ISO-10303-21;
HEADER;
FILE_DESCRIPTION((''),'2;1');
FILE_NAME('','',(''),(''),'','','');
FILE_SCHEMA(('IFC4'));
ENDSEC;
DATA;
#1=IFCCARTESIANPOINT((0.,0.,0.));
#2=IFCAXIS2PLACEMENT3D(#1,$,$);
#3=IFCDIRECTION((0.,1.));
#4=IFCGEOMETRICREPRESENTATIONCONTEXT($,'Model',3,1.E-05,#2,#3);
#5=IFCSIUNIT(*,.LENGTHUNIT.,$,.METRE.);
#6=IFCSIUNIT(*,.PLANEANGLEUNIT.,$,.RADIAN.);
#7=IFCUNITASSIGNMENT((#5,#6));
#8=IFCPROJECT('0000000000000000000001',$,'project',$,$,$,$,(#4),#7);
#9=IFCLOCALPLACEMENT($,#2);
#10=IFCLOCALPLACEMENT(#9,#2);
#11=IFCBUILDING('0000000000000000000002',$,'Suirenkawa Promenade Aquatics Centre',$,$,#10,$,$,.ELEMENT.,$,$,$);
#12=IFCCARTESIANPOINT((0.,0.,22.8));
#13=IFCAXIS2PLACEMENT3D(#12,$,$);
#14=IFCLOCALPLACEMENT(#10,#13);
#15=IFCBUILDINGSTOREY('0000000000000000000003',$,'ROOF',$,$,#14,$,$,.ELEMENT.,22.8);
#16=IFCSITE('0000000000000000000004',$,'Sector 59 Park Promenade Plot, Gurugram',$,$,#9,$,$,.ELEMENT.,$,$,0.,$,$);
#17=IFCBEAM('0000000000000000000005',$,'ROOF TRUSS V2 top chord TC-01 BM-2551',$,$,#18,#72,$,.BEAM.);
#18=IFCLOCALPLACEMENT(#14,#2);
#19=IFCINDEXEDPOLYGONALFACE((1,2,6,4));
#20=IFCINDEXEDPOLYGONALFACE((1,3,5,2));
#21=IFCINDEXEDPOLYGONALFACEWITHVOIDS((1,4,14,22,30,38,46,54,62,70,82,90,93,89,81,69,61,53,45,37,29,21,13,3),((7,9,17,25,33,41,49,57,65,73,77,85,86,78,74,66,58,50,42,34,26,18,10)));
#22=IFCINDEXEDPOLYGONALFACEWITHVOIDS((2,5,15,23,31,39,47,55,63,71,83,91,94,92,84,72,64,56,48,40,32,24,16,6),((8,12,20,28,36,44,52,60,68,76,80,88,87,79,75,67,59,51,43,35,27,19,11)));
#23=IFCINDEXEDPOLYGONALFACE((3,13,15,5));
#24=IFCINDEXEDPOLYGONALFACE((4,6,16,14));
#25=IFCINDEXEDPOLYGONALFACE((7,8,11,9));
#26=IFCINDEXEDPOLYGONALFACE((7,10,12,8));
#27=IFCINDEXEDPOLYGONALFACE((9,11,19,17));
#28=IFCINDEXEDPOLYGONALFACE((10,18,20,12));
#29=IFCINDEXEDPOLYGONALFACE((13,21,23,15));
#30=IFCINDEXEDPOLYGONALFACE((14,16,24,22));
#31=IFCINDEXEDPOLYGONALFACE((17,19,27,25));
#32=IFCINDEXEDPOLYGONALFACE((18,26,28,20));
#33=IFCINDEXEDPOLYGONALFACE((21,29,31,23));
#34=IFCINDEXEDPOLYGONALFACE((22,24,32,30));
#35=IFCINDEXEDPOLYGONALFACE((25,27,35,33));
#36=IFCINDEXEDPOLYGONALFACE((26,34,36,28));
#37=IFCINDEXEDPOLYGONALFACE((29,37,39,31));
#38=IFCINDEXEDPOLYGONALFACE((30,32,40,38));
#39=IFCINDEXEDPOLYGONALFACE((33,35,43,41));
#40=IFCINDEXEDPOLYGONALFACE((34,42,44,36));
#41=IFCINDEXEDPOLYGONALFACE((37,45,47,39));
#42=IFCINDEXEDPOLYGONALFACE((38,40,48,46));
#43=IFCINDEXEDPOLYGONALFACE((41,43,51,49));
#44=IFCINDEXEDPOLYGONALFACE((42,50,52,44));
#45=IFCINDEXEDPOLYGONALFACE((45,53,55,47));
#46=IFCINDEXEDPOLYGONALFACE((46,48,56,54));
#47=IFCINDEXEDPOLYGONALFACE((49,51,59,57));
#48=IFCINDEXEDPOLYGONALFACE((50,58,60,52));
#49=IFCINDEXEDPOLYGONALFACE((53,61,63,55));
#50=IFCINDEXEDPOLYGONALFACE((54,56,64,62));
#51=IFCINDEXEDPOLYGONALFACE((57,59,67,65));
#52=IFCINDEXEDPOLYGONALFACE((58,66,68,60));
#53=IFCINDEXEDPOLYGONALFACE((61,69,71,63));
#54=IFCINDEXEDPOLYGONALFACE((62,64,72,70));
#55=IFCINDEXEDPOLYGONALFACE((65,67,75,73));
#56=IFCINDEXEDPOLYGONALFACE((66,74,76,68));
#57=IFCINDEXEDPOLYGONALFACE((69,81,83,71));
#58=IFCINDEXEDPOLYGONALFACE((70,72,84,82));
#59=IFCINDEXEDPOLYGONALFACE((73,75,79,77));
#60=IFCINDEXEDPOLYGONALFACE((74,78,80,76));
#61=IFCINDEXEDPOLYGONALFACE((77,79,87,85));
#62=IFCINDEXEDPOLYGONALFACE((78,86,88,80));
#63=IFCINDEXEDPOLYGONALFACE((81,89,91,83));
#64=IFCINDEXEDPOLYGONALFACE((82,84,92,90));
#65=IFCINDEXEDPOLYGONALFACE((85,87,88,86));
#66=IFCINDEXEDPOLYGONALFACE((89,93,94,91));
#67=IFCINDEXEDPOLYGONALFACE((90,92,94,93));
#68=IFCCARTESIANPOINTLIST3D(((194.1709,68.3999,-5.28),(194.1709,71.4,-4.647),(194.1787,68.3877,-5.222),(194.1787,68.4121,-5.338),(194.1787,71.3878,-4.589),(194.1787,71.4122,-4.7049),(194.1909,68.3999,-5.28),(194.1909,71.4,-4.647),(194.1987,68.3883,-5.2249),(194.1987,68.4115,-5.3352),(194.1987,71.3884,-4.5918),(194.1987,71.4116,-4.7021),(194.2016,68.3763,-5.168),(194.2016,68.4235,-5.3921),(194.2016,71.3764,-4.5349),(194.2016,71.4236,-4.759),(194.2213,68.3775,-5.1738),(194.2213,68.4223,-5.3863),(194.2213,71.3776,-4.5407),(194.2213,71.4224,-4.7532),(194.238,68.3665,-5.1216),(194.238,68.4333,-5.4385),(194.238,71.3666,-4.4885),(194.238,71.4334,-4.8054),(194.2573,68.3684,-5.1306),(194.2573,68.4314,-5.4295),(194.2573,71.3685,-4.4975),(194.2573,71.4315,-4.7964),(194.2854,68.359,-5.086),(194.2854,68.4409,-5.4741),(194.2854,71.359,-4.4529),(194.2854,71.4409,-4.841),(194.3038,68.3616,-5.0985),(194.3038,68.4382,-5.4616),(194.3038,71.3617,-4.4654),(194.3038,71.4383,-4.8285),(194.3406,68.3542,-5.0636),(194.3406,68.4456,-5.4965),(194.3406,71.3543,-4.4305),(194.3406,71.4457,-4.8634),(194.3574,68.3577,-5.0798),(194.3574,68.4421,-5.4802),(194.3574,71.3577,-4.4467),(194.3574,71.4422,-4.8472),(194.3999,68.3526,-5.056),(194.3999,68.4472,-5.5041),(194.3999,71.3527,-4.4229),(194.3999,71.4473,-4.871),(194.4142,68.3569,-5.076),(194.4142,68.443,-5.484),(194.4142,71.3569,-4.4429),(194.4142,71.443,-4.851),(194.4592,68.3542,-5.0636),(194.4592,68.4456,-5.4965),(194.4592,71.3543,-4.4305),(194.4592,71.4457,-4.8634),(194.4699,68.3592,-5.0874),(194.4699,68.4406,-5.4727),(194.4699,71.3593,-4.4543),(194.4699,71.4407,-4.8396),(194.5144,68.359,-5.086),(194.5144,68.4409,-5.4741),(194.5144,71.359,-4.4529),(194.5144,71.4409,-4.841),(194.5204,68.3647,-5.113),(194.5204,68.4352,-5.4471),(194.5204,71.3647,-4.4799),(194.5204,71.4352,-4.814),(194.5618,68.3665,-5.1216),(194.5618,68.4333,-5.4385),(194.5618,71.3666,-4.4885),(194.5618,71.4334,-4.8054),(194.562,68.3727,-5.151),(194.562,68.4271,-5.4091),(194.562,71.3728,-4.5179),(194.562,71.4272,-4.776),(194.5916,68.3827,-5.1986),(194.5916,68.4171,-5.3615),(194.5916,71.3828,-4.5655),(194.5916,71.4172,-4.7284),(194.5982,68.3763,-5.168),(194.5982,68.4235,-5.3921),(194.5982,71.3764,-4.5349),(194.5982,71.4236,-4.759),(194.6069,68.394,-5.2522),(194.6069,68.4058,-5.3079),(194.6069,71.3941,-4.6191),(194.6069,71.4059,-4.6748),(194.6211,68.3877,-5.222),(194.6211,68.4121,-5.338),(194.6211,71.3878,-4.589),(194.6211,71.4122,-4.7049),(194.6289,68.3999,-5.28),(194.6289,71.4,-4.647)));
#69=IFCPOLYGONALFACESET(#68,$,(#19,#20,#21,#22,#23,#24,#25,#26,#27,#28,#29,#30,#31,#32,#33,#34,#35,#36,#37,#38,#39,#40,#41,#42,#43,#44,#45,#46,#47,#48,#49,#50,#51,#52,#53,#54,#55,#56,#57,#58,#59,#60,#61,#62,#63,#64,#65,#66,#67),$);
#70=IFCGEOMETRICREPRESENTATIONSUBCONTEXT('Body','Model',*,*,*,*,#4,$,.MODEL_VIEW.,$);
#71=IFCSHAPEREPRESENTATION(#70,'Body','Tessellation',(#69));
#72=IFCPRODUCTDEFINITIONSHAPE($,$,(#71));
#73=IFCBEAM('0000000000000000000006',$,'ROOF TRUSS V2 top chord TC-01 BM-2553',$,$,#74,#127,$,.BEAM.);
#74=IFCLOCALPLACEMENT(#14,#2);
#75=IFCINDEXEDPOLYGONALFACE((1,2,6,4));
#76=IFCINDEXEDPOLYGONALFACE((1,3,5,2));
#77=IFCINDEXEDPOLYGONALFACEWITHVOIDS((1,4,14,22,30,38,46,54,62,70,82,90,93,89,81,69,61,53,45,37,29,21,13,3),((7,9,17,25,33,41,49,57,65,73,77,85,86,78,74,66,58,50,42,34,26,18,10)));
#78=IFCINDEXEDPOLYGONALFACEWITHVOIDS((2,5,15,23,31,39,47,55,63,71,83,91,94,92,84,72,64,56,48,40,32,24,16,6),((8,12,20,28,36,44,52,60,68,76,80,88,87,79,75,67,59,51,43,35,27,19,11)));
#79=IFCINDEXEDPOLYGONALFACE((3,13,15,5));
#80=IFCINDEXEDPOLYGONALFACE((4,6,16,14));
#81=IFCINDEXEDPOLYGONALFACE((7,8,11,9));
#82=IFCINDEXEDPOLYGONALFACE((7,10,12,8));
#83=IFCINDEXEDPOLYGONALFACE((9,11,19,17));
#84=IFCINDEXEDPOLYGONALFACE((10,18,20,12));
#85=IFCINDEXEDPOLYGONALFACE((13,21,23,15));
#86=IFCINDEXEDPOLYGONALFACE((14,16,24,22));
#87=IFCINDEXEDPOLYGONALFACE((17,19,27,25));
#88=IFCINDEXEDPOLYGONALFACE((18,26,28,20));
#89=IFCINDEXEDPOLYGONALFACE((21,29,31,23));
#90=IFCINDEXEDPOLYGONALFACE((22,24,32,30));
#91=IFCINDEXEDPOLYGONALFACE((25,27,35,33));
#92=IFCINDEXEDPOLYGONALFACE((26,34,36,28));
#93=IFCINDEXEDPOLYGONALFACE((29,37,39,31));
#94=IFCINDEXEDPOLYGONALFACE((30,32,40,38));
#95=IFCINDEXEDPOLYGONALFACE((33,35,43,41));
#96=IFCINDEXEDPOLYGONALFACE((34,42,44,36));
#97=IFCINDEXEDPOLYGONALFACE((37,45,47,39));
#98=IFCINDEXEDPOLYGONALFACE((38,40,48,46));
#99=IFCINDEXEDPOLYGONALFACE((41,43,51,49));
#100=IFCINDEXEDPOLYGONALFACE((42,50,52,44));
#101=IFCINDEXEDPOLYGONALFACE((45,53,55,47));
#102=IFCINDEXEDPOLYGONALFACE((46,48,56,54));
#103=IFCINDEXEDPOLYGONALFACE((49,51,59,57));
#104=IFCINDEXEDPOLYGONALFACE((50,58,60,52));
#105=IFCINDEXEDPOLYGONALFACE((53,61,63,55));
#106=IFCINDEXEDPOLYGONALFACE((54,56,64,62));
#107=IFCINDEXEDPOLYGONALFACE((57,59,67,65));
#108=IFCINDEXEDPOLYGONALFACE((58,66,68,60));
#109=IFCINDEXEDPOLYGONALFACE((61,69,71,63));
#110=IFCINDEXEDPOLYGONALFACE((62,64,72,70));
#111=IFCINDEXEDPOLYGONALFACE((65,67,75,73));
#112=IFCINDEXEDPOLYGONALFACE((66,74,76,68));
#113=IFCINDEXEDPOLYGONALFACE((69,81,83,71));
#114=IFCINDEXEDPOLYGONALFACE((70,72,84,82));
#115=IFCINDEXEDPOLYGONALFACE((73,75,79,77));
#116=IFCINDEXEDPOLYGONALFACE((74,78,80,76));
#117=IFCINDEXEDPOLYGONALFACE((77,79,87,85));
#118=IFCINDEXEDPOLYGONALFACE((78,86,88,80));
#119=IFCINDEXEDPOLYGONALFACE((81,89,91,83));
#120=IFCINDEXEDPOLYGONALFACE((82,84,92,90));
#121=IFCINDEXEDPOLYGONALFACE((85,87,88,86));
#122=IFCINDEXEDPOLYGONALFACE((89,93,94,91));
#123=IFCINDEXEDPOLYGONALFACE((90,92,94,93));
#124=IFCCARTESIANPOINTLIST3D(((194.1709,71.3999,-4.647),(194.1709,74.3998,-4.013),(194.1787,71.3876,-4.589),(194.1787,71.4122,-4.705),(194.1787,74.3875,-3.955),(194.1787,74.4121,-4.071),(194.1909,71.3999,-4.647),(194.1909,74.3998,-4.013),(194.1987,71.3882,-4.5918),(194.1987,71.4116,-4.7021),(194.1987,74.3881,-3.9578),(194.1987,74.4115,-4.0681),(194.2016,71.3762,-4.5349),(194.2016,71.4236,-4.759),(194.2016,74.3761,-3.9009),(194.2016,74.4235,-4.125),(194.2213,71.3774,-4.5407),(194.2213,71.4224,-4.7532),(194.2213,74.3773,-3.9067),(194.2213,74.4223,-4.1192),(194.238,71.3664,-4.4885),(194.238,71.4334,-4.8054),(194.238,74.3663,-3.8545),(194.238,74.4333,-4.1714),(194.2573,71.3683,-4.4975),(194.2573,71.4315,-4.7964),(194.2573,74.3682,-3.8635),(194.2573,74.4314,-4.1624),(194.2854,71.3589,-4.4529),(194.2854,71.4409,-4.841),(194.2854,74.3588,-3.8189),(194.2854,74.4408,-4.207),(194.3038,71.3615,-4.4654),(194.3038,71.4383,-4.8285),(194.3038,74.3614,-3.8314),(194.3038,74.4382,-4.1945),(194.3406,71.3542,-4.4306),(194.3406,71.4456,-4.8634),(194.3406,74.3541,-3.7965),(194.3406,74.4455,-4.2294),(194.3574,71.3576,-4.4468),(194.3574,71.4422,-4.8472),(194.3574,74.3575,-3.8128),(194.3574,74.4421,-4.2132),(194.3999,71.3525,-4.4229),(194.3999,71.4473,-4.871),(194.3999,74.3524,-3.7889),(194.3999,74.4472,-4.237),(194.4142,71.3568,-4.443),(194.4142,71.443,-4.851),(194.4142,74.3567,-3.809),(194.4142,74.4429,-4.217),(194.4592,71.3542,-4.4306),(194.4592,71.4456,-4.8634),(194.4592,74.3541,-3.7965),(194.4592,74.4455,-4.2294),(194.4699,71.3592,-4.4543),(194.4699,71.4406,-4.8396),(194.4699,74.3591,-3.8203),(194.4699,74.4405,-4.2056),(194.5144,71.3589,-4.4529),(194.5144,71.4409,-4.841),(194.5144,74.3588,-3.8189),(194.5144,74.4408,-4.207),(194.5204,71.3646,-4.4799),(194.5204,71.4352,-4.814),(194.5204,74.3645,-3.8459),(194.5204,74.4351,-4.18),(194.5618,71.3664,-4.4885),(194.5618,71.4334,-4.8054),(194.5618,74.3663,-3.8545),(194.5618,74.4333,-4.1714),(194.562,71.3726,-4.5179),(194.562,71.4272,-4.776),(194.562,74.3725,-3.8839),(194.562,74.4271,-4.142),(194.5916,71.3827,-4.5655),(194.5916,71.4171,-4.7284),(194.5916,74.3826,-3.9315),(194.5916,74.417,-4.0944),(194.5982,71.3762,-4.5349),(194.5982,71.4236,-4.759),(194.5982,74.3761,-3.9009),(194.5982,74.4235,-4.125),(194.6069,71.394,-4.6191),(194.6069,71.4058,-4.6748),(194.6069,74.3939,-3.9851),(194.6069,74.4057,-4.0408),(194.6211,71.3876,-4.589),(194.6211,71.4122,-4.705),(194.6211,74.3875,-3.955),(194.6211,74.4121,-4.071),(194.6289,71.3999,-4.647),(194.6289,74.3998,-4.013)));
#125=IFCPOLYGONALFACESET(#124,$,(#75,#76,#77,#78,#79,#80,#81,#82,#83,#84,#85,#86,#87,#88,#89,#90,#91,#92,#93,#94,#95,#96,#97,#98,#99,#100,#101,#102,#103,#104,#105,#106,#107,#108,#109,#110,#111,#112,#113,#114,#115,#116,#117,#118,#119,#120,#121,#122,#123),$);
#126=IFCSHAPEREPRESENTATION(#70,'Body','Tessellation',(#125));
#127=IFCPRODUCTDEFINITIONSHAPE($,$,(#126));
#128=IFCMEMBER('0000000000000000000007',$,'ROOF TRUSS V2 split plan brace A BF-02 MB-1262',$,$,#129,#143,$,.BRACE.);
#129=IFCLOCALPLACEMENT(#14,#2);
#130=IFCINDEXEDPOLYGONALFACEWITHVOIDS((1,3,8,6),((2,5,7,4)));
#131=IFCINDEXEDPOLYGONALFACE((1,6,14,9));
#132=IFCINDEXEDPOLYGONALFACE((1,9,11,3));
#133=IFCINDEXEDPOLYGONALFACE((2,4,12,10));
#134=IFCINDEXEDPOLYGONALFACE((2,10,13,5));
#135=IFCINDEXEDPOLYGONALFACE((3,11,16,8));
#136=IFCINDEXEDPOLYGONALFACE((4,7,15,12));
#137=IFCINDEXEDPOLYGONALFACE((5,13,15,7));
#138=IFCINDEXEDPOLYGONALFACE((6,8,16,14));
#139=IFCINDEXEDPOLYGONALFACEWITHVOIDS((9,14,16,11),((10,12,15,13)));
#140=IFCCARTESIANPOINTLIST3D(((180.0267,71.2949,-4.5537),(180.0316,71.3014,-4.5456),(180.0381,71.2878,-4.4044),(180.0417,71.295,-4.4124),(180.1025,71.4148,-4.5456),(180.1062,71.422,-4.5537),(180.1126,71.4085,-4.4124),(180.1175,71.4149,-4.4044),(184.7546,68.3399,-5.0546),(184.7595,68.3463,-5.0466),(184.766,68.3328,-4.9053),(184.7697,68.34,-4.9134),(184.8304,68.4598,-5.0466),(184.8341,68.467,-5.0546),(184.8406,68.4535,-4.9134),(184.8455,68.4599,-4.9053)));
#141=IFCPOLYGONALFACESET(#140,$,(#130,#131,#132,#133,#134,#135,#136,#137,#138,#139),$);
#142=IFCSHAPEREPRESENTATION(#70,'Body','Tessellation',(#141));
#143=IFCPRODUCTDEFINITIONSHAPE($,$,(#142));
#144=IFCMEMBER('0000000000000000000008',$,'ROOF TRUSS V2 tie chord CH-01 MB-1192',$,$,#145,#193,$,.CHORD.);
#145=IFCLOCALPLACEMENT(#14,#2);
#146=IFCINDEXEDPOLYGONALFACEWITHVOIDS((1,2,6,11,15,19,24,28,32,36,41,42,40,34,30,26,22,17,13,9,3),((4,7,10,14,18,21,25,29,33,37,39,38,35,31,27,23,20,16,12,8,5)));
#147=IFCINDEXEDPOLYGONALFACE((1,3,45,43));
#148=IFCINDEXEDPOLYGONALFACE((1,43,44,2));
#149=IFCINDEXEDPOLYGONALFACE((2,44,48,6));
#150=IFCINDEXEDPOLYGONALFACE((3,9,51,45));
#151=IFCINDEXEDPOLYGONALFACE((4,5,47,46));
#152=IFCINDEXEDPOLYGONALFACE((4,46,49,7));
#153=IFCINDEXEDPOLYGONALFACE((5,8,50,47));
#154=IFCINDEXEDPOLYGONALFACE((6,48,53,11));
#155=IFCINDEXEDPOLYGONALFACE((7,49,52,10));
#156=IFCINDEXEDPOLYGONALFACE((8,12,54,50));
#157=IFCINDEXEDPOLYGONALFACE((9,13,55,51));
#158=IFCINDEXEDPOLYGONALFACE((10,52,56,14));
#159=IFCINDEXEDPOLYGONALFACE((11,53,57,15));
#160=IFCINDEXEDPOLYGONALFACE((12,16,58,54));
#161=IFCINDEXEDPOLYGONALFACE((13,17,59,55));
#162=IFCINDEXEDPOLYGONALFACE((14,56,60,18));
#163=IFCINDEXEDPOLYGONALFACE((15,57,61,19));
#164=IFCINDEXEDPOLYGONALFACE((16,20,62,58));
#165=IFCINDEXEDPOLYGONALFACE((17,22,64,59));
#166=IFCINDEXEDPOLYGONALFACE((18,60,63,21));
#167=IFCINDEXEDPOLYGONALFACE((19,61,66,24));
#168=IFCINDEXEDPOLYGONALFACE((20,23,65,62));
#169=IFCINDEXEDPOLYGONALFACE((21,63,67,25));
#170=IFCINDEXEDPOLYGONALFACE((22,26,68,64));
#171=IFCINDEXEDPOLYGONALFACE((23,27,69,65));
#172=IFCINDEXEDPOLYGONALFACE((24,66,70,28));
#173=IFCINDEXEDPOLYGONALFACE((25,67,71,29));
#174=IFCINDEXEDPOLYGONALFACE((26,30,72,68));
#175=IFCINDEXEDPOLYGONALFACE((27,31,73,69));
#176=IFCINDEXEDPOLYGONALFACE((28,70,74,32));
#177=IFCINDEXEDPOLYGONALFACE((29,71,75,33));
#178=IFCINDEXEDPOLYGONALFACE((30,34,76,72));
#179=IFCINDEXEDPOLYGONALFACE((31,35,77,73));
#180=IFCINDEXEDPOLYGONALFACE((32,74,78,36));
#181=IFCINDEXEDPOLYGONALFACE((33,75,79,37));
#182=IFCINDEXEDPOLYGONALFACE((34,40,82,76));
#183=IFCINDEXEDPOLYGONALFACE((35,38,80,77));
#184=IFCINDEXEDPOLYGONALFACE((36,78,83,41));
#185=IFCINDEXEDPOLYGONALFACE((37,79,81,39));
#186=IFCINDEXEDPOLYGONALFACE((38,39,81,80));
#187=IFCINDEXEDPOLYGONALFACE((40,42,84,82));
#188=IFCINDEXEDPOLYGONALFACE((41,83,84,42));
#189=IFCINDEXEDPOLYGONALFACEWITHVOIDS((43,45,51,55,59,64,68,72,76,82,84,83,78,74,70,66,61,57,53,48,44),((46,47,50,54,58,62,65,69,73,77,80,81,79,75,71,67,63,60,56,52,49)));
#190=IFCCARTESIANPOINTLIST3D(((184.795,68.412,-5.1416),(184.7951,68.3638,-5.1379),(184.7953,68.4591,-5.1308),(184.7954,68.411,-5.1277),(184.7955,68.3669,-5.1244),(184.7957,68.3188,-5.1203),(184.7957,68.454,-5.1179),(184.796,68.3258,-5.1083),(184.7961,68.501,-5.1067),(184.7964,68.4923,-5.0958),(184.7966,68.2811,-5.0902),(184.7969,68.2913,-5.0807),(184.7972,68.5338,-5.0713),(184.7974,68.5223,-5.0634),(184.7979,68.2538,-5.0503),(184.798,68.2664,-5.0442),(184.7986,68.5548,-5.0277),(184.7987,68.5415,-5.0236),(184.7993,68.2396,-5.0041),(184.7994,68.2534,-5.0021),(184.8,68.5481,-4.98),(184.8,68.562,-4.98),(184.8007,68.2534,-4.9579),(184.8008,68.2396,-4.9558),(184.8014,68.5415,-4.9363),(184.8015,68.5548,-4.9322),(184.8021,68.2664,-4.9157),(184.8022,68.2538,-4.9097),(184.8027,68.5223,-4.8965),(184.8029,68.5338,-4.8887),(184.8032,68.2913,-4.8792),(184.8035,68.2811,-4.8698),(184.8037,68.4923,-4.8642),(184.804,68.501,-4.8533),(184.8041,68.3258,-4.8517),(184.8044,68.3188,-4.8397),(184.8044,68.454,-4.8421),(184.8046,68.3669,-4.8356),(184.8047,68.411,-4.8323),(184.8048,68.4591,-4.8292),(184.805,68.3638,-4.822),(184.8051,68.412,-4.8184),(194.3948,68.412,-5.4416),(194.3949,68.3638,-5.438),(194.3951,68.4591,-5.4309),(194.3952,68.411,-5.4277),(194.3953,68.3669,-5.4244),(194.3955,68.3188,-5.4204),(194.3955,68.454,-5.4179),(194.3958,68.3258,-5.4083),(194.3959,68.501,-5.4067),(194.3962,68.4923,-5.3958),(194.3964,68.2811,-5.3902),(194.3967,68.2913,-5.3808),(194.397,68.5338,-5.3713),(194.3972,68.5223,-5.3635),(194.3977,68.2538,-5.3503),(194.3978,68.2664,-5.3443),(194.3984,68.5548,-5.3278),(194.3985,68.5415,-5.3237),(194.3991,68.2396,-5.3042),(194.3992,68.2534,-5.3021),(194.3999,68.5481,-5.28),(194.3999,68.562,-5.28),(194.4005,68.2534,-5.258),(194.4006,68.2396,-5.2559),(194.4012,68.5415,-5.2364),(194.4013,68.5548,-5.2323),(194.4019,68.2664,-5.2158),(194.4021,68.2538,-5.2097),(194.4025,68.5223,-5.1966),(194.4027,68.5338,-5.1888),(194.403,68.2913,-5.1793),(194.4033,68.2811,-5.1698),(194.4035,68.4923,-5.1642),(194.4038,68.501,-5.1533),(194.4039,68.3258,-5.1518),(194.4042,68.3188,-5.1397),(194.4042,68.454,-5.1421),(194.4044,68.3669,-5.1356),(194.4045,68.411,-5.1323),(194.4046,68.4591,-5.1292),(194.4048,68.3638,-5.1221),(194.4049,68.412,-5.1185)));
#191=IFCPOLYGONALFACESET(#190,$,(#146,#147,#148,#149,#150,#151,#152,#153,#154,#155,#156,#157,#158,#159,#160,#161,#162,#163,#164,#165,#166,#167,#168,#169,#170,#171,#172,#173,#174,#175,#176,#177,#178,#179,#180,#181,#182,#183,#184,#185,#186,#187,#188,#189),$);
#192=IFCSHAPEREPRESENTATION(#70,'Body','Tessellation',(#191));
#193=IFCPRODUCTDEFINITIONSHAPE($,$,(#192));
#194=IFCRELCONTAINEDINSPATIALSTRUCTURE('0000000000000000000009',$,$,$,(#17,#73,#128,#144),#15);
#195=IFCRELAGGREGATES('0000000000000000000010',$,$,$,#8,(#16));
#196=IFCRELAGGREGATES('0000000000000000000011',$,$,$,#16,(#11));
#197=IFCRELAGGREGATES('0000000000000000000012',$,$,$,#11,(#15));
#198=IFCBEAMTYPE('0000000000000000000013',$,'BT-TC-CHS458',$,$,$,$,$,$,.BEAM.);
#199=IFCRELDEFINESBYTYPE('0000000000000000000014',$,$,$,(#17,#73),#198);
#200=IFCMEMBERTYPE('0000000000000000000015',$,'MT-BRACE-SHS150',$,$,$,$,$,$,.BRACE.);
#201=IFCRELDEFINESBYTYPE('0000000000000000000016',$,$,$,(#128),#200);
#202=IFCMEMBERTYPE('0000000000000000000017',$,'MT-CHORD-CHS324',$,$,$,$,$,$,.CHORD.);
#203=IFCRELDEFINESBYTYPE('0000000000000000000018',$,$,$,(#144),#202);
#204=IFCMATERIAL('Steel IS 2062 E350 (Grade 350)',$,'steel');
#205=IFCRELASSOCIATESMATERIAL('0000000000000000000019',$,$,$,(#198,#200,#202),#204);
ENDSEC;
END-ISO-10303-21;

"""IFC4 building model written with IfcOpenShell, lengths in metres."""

from ifc_helpers import new_model, si_unit, direction, frame, origin, origin_2d, place, context, subcontext, project, spatial, hollow_rectangle, hollow_circle, extrude, material, material_profile, profile_set, type_object, element, save


model = new_model("IFC4")

# Units and contexts
model_context = context("Model", 3, precision=1e-05, world=origin(), true_north=direction((0.0, 1.0)))
body_context = subcontext(model_context, "Body", "Model", "MODEL_VIEW")
ifc_project = project(units=[si_unit("LENGTHUNIT", "METRE"), si_unit("PLANEANGLEUNIT", "RADIAN")], contexts=[model_context])

# Site, building, storey
site_placement = place(None, origin())
site = spatial("IfcSite", under=ifc_project, at=site_placement, Name="Sector 59 Park Promenade Plot, Gurugram", CompositionType="ELEMENT", RefElevation=0.0)
building_placement = place(site_placement, origin())
building = spatial("IfcBuilding", under=site, at=building_placement, Name="Suirenkawa Promenade Aquatics Centre", CompositionType="ELEMENT")
storey_placement = place(building_placement, frame((0.0, 0.0, 22.8)))
storey = spatial("IfcBuildingStorey", under=building, at=storey_placement, Name="ROOF", CompositionType="ELEMENT", Elevation=22.8)

# Beams
ifc_material = material(Name="Steel IS 2062 E350 (Grade 350)", Category="steel")
ifc_material_profile_1 = material_profile(ifc_material, hollow_circle(Radius=0.229, WallThickness=0.02, at=origin_2d()), Name="CHS 458x20", Category="steel")
ifc_profile_set_1 = profile_set([ifc_material_profile_1], Name="Steel IS 2062 E350 (Grade 350)")
beam_type_1 = type_object("IfcBeamType", Name="BT-TC-CHS458", PredefinedType="BEAM", material=ifc_profile_set_1)
for number, where, z_axis, x_axis, name in (
    (1, (194.3999, 68.3999, -5.28), (0.0, 0.978453, 0.206472), (-1.0, 0.0, 0.0), "ROOF TRUSS V2 top chord TC-01 BM-2551"),
    (2, (194.3999, 71.3999, -4.647), (0.0, 0.978388, 0.206777), (-1.0, 0.0, 0.0), "ROOF TRUSS V2 top chord TC-01 BM-2553"),
):
    element("IfcBeam", number, at=place(storey_placement, frame(where, z_axis=z_axis, x_axis=x_axis)), inside=storey, type_object=beam_type_1, Name=name, PredefinedType="BEAM", context=body_context, shape_type="SweptSolid", body=[
        extrude(hollow_circle(Radius=0.229, WallThickness=0.02, at=origin_2d()), origin(), (0.0, 0.0, 1.0), 3.0662),
    ])

# Members
ifc_material_profile_2 = material_profile(ifc_material, hollow_rectangle(XDim=0.1499, YDim=0.1499, WallThickness=0.0081, at=origin_2d()), Name="SHS 150x150x8", Category="steel")
ifc_profile_set_2 = profile_set([ifc_material_profile_2], Name="Steel IS 2062 E350 (Grade 350)")
member_type_1 = type_object("IfcMemberType", Name="MT-BRACE-SHS150", PredefinedType="BRACE", material=ifc_profile_set_2)
member_1_placement = place(storey_placement, frame((184.8, 68.3999, -4.98), z_axis=(-0.844591, 0.52788, 0.089492), x_axis=(-0.530007, -0.847993, 0.0)))
element("IfcMember", 3, at=member_1_placement, inside=storey, type_object=member_type_1, Name="ROOF TRUSS V2 split plan brace A BF-02 MB-1262", PredefinedType="BRACE", context=body_context, shape_type="SweptSolid", body=[
    extrude(hollow_rectangle(XDim=0.1499, YDim=0.1499, WallThickness=0.0081, at=origin_2d()), origin(), (0.0, 0.0, 1.0), 5.5979),
])
ifc_material_profile_3 = material_profile(ifc_material, hollow_circle(Radius=0.1621, WallThickness=0.0139, at=origin_2d()), Name="CHS 324x14", Category="steel")
ifc_profile_set_3 = profile_set([ifc_material_profile_3], Name="Steel IS 2062 E350 (Grade 350)")
member_type_2 = type_object("IfcMemberType", Name="MT-CHORD-CHS324", PredefinedType="CHORD", material=ifc_profile_set_3)
member_2_placement = place(storey_placement, frame((184.8, 68.3999, -4.98), z_axis=(0.999512, 0.0, -0.03124), x_axis=(0.0, 1.0, 0.0)))
element("IfcMember", 4, at=member_2_placement, inside=storey, type_object=member_type_2, Name="ROOF TRUSS V2 tie chord CH-01 MB-1192", PredefinedType="CHORD", context=body_context, shape_type="SweptSolid", body=[
    extrude(hollow_circle(Radius=0.1621, WallThickness=0.0139, at=origin_2d()), origin(), (0.0, 0.0, 1.0), 9.6045),
])

save(model, "model.ifc")
